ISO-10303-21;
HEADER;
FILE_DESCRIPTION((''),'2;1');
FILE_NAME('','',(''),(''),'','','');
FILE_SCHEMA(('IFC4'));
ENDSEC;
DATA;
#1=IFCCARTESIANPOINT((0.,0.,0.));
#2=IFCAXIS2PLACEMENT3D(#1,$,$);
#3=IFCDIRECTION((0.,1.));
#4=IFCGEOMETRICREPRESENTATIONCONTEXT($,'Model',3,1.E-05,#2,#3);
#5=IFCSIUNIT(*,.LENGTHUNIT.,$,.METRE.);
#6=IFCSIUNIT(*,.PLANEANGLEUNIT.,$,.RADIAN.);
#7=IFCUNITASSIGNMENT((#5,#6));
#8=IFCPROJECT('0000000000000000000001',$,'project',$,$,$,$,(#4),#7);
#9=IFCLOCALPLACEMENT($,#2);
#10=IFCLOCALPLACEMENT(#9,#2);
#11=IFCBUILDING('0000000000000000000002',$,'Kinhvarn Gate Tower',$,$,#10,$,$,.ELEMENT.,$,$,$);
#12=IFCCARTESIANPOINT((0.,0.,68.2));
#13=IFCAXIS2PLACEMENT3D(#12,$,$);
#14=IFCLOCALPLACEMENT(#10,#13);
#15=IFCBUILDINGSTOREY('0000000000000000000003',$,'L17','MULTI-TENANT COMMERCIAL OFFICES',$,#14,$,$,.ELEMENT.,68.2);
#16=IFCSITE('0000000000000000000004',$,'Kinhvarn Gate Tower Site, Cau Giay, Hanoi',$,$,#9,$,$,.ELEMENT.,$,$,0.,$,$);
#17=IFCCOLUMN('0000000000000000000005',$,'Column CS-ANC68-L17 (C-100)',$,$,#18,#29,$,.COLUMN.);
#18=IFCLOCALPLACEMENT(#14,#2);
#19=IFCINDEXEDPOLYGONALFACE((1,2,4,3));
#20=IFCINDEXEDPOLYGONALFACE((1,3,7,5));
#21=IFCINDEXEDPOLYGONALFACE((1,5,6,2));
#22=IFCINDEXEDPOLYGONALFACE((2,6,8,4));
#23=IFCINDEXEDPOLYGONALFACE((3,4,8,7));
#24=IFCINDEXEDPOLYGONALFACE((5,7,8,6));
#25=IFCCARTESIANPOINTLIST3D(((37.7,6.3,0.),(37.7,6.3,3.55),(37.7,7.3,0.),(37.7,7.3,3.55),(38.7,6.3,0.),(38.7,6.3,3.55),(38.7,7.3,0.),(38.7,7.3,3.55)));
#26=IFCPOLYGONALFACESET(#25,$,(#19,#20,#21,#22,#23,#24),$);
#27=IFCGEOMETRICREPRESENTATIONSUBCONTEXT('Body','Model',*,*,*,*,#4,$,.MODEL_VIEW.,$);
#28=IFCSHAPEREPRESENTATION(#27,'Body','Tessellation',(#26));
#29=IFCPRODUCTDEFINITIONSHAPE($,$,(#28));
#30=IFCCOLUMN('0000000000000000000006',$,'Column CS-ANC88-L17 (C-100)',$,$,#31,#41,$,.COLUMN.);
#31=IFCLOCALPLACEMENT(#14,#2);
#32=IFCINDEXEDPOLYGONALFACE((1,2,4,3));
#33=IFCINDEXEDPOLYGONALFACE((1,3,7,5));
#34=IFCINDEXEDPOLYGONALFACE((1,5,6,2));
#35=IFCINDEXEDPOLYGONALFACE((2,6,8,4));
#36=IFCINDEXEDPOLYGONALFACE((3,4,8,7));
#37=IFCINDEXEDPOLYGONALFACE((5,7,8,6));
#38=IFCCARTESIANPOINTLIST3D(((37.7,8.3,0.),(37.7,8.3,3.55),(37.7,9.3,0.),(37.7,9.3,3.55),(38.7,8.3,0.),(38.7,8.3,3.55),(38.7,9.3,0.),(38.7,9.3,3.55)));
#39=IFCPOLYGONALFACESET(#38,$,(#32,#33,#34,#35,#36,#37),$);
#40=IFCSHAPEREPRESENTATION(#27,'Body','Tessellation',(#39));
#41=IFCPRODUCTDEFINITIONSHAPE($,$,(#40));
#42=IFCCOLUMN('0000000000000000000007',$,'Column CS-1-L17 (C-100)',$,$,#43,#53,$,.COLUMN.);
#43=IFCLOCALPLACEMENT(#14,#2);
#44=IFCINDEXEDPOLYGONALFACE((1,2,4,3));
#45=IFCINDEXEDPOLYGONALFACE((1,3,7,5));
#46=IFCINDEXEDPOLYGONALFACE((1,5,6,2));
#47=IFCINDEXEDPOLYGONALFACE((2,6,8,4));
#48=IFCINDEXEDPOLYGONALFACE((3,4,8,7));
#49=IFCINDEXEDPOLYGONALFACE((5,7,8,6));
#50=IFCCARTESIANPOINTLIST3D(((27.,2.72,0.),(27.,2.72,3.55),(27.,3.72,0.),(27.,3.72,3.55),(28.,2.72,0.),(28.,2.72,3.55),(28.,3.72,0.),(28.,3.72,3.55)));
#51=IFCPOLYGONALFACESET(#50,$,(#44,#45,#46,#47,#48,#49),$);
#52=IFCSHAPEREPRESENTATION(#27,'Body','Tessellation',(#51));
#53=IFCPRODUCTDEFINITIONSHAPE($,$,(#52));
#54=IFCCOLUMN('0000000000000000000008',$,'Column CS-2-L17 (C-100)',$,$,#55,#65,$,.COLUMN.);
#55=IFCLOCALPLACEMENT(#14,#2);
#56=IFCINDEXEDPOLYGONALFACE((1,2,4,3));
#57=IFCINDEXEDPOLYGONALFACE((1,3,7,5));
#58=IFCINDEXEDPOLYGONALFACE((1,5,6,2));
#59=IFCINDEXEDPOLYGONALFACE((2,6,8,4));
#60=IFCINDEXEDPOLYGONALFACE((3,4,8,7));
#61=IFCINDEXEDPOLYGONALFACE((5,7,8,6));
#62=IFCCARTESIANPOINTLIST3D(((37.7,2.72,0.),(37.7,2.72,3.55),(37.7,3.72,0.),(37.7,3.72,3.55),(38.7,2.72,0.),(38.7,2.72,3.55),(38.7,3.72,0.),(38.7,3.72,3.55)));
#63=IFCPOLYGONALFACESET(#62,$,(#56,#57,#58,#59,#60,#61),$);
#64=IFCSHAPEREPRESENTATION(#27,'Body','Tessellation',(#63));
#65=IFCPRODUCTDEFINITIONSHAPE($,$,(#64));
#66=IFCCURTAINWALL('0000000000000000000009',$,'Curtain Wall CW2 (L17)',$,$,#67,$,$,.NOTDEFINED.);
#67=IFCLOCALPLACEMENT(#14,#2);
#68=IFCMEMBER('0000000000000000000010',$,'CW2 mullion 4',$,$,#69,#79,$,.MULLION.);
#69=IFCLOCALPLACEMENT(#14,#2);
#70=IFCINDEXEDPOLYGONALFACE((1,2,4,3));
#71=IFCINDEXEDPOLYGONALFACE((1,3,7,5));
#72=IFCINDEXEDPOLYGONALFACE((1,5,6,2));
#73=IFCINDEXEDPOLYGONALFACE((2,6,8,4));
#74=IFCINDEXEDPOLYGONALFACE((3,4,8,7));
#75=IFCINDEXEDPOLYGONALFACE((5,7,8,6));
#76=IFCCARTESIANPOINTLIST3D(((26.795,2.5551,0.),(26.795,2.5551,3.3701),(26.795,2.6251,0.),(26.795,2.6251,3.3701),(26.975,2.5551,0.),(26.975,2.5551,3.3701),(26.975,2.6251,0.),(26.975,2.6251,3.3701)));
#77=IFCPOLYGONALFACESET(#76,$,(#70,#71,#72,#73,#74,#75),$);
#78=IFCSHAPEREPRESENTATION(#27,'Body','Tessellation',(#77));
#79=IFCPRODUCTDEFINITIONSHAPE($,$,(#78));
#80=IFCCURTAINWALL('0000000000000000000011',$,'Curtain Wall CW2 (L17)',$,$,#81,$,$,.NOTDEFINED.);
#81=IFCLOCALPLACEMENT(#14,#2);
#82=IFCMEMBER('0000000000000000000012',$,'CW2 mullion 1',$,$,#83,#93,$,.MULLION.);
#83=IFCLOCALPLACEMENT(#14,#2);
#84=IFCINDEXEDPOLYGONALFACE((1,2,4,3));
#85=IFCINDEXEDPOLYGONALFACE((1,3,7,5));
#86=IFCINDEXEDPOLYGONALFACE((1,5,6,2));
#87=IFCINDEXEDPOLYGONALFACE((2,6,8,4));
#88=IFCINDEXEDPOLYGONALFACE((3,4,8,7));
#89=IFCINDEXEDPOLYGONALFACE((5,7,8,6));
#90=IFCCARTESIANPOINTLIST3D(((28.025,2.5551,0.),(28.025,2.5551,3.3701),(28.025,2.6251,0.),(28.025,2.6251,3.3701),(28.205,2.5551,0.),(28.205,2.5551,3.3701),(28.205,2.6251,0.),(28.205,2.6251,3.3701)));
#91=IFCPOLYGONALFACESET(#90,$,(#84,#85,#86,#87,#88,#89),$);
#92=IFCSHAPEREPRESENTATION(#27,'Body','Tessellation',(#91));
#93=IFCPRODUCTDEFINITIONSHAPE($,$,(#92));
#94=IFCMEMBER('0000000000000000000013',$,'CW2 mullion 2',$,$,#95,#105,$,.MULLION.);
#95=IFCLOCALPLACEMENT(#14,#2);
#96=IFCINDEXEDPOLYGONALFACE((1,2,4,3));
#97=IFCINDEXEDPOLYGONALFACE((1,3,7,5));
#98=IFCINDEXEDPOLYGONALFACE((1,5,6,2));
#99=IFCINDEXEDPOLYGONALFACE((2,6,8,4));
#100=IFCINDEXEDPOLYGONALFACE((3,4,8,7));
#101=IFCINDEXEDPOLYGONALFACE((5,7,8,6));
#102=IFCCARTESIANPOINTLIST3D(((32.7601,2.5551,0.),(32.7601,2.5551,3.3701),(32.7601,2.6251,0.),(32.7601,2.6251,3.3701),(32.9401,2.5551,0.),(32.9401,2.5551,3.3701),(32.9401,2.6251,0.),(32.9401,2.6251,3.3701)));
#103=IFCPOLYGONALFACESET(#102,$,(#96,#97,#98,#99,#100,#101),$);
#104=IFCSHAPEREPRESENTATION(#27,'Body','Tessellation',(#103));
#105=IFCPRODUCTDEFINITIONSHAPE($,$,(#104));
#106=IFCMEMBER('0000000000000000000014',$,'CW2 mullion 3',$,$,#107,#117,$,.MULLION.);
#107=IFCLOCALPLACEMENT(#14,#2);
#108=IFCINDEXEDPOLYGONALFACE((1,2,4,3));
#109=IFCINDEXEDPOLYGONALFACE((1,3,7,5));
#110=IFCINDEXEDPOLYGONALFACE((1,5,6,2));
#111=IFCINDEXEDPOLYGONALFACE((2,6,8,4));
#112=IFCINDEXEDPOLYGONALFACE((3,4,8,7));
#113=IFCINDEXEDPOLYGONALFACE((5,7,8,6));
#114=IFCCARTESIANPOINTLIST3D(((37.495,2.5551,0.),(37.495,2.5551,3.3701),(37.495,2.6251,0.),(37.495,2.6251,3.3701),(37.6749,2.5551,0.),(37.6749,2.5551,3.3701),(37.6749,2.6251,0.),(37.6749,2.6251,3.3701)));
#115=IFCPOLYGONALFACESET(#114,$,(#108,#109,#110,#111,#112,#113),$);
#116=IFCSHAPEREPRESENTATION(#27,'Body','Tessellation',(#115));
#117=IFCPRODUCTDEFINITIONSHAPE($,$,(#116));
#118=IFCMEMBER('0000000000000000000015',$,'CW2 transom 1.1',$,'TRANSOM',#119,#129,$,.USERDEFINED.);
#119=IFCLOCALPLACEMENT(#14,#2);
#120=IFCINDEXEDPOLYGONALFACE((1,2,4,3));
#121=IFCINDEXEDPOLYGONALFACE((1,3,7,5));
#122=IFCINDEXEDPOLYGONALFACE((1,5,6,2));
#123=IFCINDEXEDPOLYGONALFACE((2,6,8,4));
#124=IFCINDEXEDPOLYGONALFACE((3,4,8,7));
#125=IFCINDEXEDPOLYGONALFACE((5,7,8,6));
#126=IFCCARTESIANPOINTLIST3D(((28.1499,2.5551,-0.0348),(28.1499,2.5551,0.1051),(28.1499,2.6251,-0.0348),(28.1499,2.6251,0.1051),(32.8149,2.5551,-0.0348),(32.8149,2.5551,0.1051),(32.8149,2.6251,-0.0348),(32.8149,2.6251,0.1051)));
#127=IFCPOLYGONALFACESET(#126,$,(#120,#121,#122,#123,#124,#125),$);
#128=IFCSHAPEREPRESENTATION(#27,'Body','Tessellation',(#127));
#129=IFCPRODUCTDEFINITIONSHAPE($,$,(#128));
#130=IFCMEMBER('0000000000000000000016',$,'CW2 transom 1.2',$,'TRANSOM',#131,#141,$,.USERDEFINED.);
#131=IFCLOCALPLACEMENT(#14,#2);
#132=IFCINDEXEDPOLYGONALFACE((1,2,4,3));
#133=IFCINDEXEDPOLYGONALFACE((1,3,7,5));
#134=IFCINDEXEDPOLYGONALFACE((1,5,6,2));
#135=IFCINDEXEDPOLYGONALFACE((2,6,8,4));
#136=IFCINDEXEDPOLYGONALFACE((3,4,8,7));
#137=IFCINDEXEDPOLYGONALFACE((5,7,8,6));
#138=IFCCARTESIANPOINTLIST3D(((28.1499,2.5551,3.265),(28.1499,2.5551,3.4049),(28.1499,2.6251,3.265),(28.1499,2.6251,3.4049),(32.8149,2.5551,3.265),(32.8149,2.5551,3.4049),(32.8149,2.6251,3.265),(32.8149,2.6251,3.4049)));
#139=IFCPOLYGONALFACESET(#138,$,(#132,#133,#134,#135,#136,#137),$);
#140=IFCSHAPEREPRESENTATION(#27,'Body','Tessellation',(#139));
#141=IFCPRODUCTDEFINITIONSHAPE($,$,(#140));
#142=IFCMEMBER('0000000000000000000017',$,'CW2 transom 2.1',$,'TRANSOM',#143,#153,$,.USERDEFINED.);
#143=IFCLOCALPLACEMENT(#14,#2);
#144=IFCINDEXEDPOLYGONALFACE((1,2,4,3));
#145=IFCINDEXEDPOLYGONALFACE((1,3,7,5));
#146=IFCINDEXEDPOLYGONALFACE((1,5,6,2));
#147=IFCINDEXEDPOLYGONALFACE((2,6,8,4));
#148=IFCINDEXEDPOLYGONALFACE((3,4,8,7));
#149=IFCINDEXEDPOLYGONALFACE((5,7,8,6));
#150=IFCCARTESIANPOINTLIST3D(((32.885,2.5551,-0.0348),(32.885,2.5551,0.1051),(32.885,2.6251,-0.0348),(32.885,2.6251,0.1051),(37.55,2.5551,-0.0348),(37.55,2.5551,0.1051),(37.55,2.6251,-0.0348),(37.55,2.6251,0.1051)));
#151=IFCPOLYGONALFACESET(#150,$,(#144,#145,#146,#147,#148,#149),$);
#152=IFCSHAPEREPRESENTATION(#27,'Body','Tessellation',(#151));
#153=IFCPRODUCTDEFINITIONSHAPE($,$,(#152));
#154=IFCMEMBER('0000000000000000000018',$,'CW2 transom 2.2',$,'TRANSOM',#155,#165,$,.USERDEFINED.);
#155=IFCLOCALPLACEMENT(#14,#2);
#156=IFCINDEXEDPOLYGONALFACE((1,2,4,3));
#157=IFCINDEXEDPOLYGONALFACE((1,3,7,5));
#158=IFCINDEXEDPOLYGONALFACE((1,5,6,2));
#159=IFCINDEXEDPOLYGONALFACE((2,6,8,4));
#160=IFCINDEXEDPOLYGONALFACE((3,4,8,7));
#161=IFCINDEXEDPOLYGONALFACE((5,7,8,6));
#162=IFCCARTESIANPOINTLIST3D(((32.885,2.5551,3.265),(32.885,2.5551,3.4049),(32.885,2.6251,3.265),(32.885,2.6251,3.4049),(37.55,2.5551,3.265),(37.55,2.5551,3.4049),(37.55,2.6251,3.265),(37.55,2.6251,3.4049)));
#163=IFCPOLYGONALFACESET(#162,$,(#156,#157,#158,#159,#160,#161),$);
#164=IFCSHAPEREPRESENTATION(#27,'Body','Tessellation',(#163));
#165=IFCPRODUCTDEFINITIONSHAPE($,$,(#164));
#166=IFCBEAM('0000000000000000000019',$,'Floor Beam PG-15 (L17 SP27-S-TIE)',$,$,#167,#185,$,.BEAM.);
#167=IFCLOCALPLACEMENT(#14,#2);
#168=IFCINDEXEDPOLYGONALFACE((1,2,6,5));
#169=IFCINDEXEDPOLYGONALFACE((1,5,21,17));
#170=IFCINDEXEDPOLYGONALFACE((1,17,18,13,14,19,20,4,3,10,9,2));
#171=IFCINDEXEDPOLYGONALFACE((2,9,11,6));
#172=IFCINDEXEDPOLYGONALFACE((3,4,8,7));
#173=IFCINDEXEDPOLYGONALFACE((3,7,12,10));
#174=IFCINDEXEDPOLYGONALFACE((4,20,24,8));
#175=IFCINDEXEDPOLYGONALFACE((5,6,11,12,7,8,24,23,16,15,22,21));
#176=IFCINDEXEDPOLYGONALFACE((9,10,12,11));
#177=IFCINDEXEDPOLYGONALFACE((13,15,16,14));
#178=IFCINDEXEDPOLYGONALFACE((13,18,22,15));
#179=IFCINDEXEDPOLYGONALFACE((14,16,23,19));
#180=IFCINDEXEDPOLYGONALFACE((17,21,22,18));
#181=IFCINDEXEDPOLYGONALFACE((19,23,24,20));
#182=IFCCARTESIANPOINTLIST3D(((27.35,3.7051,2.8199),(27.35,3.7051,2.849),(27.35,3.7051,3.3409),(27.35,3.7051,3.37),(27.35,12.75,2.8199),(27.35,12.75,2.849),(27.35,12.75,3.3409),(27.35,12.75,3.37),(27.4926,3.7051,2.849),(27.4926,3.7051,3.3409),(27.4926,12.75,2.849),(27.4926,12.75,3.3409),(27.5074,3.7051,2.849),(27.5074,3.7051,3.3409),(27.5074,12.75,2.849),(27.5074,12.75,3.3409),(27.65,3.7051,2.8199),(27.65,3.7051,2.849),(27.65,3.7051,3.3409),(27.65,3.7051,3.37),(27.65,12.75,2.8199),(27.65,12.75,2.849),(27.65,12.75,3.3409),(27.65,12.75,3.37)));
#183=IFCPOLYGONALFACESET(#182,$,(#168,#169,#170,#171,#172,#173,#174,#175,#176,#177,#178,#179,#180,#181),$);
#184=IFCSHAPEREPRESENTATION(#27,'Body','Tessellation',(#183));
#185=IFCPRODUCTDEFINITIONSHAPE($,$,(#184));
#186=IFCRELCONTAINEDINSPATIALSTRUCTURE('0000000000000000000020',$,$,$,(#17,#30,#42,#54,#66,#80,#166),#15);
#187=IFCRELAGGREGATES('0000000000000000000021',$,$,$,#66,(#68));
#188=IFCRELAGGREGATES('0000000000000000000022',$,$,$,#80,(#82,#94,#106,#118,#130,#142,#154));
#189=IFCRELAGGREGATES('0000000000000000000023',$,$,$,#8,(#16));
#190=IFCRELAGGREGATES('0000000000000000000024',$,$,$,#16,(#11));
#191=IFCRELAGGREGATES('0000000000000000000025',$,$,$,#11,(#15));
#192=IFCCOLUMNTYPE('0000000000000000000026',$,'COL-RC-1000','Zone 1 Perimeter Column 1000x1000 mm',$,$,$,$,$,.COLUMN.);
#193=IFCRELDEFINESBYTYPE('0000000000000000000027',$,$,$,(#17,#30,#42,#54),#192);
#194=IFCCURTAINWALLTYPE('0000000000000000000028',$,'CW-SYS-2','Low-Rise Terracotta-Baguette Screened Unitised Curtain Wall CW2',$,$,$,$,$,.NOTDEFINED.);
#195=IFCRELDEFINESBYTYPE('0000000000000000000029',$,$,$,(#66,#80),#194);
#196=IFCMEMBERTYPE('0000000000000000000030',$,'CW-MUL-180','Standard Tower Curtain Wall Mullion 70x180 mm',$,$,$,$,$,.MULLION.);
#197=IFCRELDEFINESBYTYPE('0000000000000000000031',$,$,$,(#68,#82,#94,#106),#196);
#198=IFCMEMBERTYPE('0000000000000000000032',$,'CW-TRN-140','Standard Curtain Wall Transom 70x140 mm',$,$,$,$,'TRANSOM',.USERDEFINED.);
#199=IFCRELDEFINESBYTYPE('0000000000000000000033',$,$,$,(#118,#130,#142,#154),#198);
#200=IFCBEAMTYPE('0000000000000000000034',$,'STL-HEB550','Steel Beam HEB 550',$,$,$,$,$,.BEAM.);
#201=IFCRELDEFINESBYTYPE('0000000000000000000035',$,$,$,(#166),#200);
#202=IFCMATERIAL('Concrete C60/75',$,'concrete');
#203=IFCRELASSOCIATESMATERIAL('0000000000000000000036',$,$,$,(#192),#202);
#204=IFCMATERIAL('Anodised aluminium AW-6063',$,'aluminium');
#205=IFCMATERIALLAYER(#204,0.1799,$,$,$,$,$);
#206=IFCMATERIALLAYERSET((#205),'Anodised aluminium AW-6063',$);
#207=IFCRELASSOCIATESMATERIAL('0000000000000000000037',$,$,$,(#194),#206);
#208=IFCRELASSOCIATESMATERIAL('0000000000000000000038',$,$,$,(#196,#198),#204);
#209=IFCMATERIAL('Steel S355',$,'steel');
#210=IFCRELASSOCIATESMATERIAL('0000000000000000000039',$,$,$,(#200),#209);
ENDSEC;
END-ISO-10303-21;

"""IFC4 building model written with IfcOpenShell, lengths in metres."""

from ifc_helpers import new_model, si_unit, direction, frame, origin, origin_2d, place, context, subcontext, project, spatial, rectangle, i_section, extrude, material, layer, layer_set, material_profile, profile_set, type_object, element, aggregate, save


model = new_model("IFC4")

# Units and contexts
model_context = context("Model", 3, precision=1e-05, world=origin(), true_north=direction((0.0, 1.0)))
body_context = subcontext(model_context, "Body", "Model", "MODEL_VIEW")
ifc_project = project(units=[si_unit("LENGTHUNIT", "METRE"), si_unit("PLANEANGLEUNIT", "RADIAN")], contexts=[model_context])

# Site, building, storey
site_placement = place(None, origin())
site = spatial("IfcSite", under=ifc_project, at=site_placement, Name="Kinhvarn Gate Tower Site, Cau Giay, Hanoi", CompositionType="ELEMENT", RefElevation=0.0)
building_placement = place(site_placement, origin())
building = spatial("IfcBuilding", under=site, at=building_placement, Name="Kinhvarn Gate Tower", CompositionType="ELEMENT")
storey_placement = place(building_placement, frame((0.0, 0.0, 68.2)))
storey = spatial("IfcBuildingStorey", under=building, at=storey_placement, Name="L17", Description="MULTI-TENANT COMMERCIAL OFFICES", CompositionType="ELEMENT", Elevation=68.2)

# Columns
ifc_material_1 = material(Name="Concrete C60/75", Category="concrete")
ifc_material_profile_1 = material_profile(ifc_material_1, rectangle(XDim=1.0, YDim=1.0, at=origin_2d()), Name="RC 1000x1000")
ifc_profile_set_1 = profile_set([ifc_material_profile_1], Name="Concrete C60/75")
column_type = type_object("IfcColumnType", Name="COL-RC-1000", Description="Zone 1 Perimeter Column 1000x1000 mm", PredefinedType="COLUMN", material=ifc_profile_set_1)
for number, where, z_axis, x_axis, name in (
    (1, (38.2, 6.8, 0.0), (0.0, 0.0, 1.0), (1.0, 0.0, 0.0), "Column CS-ANC68-L17 (C-100)"),
    (2, (38.2, 8.8, 0.0), (0.0, 0.0, 1.0), (1.0, 0.0, 0.0), "Column CS-ANC88-L17 (C-100)"),
    (3, (27.5, 3.22, 0.0), (0.0, 0.0, 1.0), (1.0, 0.0, 0.0), "Column CS-1-L17 (C-100)"),
    (4, (38.2, 3.22, 0.0), (0.0, 0.0, 1.0), (1.0, 0.0, 0.0), "Column CS-2-L17 (C-100)"),
):
    element("IfcColumn", number, at=place(storey_placement, frame(where, z_axis=z_axis, x_axis=x_axis)), inside=storey, type_object=column_type, Name=name, PredefinedType="COLUMN", context=body_context, shape_type="SweptSolid", body=[
        extrude(rectangle(XDim=1.0, YDim=1.0, at=origin_2d()), origin(), (0.0, 0.0, 1.0), 3.55),
    ])

# Curtain wall, member
ifc_material_2 = material(Name="Anodised aluminium AW-6063", Category="aluminium")
ifc_layer_1 = layer(ifc_material_2, 0.1799)
ifc_layer_set_1 = layer_set([ifc_layer_1], Name="Anodised aluminium AW-6063")
curtain_wall_type = type_object("IfcCurtainWallType", Name="CW-SYS-2", Description="Low-Rise Terracotta-Baguette Screened Unitised Curtain Wall CW2", PredefinedType="NOTDEFINED", material=ifc_layer_set_1)
curtain_wall_1_placement = place(storey_placement, origin())
curtain_wall_1 = element("IfcCurtainWall", 5, at=curtain_wall_1_placement, inside=storey, type_object=curtain_wall_type, Name="Curtain Wall CW2 (L17)", PredefinedType="NOTDEFINED")
ifc_material_profile_2 = material_profile(ifc_material_2, rectangle(XDim=0.0701, YDim=0.1799, at=origin_2d()), Name="ALU 70x180")
ifc_profile_set_2 = profile_set([ifc_material_profile_2], Name="Anodised aluminium AW-6063")
member_type_1 = type_object("IfcMemberType", Name="CW-MUL-180", Description="Standard Tower Curtain Wall Mullion 70x180 mm", PredefinedType="MULLION", material=ifc_profile_set_2)
member_1_placement = place(storey_placement, frame((26.885, 2.5901, 0.0), z_axis=(0.0, 0.0, 1.0), x_axis=(0.0, 1.0, 0.0)))
member_1 = element("IfcMember", 6, at=member_1_placement, type_object=member_type_1, Name="CW2 mullion 4", PredefinedType="MULLION", context=body_context, shape_type="SweptSolid", body=[
    extrude(rectangle(XDim=0.0701, YDim=0.1799, at=origin_2d()), origin(), (0.0, 0.0, 1.0), 3.3701),
])
aggregate(curtain_wall_1, [member_1])

# Curtain wall, members
curtain_wall_2_placement = place(storey_placement, origin())
curtain_wall_2 = element("IfcCurtainWall", 7, at=curtain_wall_2_placement, inside=storey, type_object=curtain_wall_type, Name="Curtain Wall CW2 (L17)", PredefinedType="NOTDEFINED")
member_2_placement = place(storey_placement, frame((28.115, 2.5901, 0.0), z_axis=(0.0, 0.0, 1.0), x_axis=(0.0, 1.0, 0.0)))
member_2 = element("IfcMember", 8, at=member_2_placement, type_object=member_type_1, Name="CW2 mullion 1", PredefinedType="MULLION", context=body_context, shape_type="SweptSolid", body=[
    extrude(rectangle(XDim=0.0701, YDim=0.1799, at=origin_2d()), origin(), (0.0, 0.0, 1.0), 3.3701),
])
member_3_placement = place(storey_placement, frame((32.8501, 2.5901, 0.0), z_axis=(0.0, 0.0, 1.0), x_axis=(0.0, 1.0, 0.0)))
member_3 = element("IfcMember", 9, at=member_3_placement, type_object=member_type_1, Name="CW2 mullion 2", PredefinedType="MULLION", context=body_context, shape_type="SweptSolid", body=[
    extrude(rectangle(XDim=0.0701, YDim=0.1799, at=origin_2d()), origin(), (0.0, 0.0, 1.0), 3.3701),
])
member_4_placement = place(storey_placement, frame((37.585, 2.5901, 0.0), z_axis=(0.0, 0.0, 1.0), x_axis=(0.0, 1.0, 0.0)))
member_4 = element("IfcMember", 10, at=member_4_placement, type_object=member_type_1, Name="CW2 mullion 3", PredefinedType="MULLION", context=body_context, shape_type="SweptSolid", body=[
    extrude(rectangle(XDim=0.0701, YDim=0.1799, at=origin_2d()), origin(), (0.0, 0.0, 1.0), 3.3701),
])
ifc_material_profile_3 = material_profile(ifc_material_2, rectangle(XDim=0.0701, YDim=0.1399, at=origin_2d()), Name="ALU 70x140")
ifc_profile_set_3 = profile_set([ifc_material_profile_3], Name="Anodised aluminium AW-6063")
member_type_2 = type_object("IfcMemberType", Name="CW-TRN-140", Description="Standard Curtain Wall Transom 70x140 mm", ElementType="TRANSOM", PredefinedType="USERDEFINED", material=ifc_profile_set_3)
member_5_placement = place(storey_placement, frame((28.1499, 2.5901, 0.0352), z_axis=(1.0, 0.0, 0.0), x_axis=(0.0, 1.0, 0.0)))
member_5 = element("IfcMember", 11, at=member_5_placement, type_object=member_type_2, Name="CW2 transom 1.1", ObjectType="TRANSOM", PredefinedType="USERDEFINED", context=body_context, shape_type="SweptSolid", body=[
    extrude(rectangle(XDim=0.0701, YDim=0.1399, at=origin_2d()), origin(), (0.0, 0.0, 1.0), 4.665),
])
member_6_placement = place(storey_placement, frame((28.1499, 2.5901, 3.335), z_axis=(1.0, 0.0, 0.0), x_axis=(0.0, 1.0, 0.0)))
member_6 = element("IfcMember", 12, at=member_6_placement, type_object=member_type_2, Name="CW2 transom 1.2", ObjectType="TRANSOM", PredefinedType="USERDEFINED", context=body_context, shape_type="SweptSolid", body=[
    extrude(rectangle(XDim=0.0701, YDim=0.1399, at=origin_2d()), origin(), (0.0, 0.0, 1.0), 4.665),
])
member_7_placement = place(storey_placement, frame((32.885, 2.5901, 0.0352), z_axis=(1.0, 0.0, 0.0), x_axis=(0.0, 1.0, 0.0)))
member_7 = element("IfcMember", 13, at=member_7_placement, type_object=member_type_2, Name="CW2 transom 2.1", ObjectType="TRANSOM", PredefinedType="USERDEFINED", context=body_context, shape_type="SweptSolid", body=[
    extrude(rectangle(XDim=0.0701, YDim=0.1399, at=origin_2d()), origin(), (0.0, 0.0, 1.0), 4.665),
])
member_8_placement = place(storey_placement, frame((32.885, 2.5901, 3.335), z_axis=(1.0, 0.0, 0.0), x_axis=(0.0, 1.0, 0.0)))
member_8 = element("IfcMember", 14, at=member_8_placement, type_object=member_type_2, Name="CW2 transom 2.2", ObjectType="TRANSOM", PredefinedType="USERDEFINED", context=body_context, shape_type="SweptSolid", body=[
    extrude(rectangle(XDim=0.0701, YDim=0.1399, at=origin_2d()), origin(), (0.0, 0.0, 1.0), 4.665),
])

# Beam
ifc_material_3 = material(Name="Steel S355", Category="steel")
ifc_material_profile_4 = material_profile(ifc_material_3, i_section(OverallWidth=0.3, OverallDepth=0.55, WebThickness=0.0149, FlangeThickness=0.0291, at=origin_2d()), Name="HEB 550")
ifc_profile_set_4 = profile_set([ifc_material_profile_4], Name="Steel S355")
beam_type_1 = type_object("IfcBeamType", Name="STL-HEB550", Description="Steel Beam HEB 550", PredefinedType="BEAM", material=ifc_profile_set_4)
beam_1_placement = place(storey_placement, frame((27.5, 3.7051, 3.095), z_axis=(0.0, 1.0, 0.0), x_axis=(-1.0, 0.0, 0.0)))
element("IfcBeam", 15, at=beam_1_placement, inside=storey, type_object=beam_type_1, Name="Floor Beam PG-15 (L17 SP27-S-TIE)", PredefinedType="BEAM", context=body_context, shape_type="SweptSolid", body=[
    extrude(i_section(OverallWidth=0.3, OverallDepth=0.55, WebThickness=0.0149, FlangeThickness=0.0291, at=origin_2d()), origin(), (0.0, 0.0, 1.0), 9.0449),
])

aggregate(curtain_wall_2, [member_2, member_3, member_4, member_5, member_6, member_7, member_8])

save(model, "model.ifc")
